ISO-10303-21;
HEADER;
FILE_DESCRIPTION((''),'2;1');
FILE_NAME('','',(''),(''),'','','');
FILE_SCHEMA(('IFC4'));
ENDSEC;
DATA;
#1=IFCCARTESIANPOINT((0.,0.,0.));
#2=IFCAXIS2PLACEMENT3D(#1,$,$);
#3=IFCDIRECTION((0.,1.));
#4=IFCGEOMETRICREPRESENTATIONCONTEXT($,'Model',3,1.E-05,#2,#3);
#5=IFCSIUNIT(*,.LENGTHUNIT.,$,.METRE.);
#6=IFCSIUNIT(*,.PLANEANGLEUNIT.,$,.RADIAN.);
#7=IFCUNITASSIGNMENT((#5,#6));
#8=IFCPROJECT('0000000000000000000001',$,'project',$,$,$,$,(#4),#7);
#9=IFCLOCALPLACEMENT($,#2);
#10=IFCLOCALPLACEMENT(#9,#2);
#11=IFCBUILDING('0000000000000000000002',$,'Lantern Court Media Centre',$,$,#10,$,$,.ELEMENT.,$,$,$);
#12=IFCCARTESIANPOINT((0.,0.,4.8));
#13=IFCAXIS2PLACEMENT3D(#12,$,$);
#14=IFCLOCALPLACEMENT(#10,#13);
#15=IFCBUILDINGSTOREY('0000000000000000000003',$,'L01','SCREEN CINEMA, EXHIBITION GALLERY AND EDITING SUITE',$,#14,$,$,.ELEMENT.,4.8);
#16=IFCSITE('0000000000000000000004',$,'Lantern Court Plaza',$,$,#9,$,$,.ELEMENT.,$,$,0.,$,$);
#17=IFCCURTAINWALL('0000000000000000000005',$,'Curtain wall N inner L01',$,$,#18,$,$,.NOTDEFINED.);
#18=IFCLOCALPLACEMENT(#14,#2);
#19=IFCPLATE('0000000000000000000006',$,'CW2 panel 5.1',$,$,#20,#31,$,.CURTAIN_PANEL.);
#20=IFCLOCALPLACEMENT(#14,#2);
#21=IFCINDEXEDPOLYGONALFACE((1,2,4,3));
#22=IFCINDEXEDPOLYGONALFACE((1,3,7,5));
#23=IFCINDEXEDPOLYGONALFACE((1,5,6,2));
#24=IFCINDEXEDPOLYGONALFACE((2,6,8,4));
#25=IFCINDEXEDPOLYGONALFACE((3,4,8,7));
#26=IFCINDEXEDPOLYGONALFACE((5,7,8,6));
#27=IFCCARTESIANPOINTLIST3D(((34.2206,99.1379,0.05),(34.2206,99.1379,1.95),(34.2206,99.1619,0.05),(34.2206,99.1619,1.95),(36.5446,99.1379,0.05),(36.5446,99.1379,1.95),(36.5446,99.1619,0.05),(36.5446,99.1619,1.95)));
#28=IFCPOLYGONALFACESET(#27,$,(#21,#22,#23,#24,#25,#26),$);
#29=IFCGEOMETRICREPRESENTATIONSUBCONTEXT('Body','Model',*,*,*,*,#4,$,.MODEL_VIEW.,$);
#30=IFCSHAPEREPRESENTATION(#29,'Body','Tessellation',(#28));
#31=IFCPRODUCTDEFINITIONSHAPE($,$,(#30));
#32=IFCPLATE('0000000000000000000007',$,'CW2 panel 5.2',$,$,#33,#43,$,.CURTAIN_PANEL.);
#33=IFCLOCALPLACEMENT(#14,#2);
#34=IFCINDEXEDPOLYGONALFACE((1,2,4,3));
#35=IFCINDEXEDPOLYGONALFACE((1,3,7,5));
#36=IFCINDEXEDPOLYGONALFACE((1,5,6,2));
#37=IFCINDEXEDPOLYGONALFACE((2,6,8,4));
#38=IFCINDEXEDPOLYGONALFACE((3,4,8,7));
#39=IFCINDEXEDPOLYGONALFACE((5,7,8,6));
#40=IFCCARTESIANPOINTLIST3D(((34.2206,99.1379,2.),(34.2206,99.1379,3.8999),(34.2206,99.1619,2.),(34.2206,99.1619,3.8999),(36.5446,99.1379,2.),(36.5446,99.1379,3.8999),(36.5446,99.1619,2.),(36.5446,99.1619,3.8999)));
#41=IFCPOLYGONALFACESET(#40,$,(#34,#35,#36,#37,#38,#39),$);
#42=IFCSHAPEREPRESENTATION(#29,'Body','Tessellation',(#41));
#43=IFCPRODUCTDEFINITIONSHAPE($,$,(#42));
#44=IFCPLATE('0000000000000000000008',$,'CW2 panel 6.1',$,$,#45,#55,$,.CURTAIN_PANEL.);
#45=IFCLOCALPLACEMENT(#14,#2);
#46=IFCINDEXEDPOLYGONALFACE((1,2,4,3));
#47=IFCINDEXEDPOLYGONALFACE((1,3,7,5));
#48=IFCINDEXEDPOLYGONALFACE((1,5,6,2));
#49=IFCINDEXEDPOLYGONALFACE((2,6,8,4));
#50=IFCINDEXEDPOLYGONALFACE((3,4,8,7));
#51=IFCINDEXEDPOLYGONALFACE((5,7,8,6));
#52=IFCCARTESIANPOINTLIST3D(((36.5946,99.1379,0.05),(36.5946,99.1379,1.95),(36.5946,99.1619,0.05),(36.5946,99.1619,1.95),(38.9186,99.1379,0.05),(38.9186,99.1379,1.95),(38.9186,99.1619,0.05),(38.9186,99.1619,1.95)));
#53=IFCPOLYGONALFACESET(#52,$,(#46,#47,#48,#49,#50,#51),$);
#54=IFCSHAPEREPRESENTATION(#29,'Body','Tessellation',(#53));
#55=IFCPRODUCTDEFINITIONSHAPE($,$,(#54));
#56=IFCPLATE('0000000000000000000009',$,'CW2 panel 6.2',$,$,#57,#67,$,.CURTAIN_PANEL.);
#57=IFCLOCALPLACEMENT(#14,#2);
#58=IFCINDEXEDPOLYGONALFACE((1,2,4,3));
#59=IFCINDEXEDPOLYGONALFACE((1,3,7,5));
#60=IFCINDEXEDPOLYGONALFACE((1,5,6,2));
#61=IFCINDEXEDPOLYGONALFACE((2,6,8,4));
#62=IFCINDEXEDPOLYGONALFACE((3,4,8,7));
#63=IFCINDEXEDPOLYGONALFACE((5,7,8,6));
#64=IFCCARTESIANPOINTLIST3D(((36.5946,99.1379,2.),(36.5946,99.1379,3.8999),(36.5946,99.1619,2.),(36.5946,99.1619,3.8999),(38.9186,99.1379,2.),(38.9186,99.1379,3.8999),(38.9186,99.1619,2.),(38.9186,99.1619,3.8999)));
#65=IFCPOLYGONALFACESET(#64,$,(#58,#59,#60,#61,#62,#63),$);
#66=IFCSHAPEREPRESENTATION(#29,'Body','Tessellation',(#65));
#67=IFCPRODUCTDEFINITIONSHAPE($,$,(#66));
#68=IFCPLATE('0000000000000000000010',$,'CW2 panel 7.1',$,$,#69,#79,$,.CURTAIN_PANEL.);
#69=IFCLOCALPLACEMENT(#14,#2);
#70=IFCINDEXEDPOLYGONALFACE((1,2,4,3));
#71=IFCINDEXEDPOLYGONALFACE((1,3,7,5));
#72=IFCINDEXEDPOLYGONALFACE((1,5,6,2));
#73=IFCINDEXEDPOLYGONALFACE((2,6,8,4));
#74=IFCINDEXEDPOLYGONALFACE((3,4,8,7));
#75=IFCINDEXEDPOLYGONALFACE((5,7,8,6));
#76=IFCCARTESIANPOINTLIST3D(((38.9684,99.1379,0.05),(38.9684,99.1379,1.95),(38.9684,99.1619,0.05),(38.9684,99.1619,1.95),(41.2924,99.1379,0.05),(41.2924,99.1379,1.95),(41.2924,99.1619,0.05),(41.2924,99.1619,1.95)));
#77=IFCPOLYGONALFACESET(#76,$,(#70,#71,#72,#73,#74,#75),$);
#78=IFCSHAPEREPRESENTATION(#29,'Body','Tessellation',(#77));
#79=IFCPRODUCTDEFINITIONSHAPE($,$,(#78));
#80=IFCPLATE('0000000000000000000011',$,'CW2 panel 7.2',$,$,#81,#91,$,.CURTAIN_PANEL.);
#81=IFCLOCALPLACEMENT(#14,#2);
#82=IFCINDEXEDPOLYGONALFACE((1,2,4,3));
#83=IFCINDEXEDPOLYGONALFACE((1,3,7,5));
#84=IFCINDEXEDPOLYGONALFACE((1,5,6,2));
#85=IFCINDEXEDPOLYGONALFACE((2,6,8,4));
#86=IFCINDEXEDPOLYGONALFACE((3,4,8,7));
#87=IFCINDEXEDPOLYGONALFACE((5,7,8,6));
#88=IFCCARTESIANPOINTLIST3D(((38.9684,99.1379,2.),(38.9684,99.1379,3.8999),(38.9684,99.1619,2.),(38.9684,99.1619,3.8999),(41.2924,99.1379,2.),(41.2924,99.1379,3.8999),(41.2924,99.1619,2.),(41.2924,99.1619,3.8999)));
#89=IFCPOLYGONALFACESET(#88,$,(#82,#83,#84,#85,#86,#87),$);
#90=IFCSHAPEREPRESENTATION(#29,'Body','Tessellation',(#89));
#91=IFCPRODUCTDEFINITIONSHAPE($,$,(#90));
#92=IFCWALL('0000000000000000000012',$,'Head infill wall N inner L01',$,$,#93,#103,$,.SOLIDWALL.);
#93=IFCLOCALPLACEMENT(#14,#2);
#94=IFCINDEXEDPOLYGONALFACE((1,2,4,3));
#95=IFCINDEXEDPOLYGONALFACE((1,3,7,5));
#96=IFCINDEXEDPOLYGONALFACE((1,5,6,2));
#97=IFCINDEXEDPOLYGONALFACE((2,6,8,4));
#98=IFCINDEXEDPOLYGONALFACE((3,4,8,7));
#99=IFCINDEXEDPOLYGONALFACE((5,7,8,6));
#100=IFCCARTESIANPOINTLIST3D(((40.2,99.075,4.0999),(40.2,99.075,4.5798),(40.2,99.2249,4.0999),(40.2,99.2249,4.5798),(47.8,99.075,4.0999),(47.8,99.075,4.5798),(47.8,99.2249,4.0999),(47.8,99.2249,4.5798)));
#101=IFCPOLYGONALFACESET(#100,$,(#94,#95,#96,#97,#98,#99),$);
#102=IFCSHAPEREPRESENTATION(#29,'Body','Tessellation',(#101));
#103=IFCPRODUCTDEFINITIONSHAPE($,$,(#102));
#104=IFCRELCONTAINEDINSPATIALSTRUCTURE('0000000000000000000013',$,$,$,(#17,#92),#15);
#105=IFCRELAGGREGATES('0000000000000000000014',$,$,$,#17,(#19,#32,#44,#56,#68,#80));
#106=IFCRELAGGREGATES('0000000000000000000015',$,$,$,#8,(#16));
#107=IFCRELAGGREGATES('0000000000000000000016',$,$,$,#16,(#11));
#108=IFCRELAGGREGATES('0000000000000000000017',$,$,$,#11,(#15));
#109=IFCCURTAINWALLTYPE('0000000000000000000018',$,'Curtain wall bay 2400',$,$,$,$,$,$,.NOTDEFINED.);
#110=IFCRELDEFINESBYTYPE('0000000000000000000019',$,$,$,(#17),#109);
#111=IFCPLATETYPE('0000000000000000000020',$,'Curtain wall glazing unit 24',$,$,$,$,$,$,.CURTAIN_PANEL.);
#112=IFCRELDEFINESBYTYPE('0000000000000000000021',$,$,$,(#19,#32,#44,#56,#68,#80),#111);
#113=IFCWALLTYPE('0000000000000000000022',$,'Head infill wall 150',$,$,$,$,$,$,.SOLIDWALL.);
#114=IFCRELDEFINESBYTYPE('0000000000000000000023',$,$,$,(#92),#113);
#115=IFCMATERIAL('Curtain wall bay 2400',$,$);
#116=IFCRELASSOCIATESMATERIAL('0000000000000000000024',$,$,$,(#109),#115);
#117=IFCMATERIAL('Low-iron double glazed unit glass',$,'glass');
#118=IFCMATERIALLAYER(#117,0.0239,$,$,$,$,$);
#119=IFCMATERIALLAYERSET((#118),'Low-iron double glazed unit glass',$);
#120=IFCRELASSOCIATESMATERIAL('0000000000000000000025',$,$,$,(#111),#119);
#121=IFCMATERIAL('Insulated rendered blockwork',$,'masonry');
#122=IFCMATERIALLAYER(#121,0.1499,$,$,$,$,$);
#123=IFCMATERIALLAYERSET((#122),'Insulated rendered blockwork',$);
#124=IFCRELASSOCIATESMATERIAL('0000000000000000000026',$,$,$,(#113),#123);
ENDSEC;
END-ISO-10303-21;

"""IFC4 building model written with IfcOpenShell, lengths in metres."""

from ifc_helpers import new_model, si_unit, direction, frame, frame_2d, origin, origin_2d, place, context, subcontext, project, spatial, rectangle, extrude, material, layer, layer_set, type_object, element, aggregate, save


model = new_model("IFC4")

# Units and contexts
model_context = context("Model", 3, precision=1e-05, world=origin(), true_north=direction((0.0, 1.0)))
body_context = subcontext(model_context, "Body", "Model", "MODEL_VIEW")
ifc_project = project(units=[si_unit("LENGTHUNIT", "METRE"), si_unit("PLANEANGLEUNIT", "RADIAN")], contexts=[model_context])

# Site, building, storey
site_placement = place(None, origin())
site = spatial("IfcSite", under=ifc_project, at=site_placement, Name="Lantern Court Plaza", CompositionType="ELEMENT", RefElevation=0.0)
building_placement = place(site_placement, origin())
building = spatial("IfcBuilding", under=site, at=building_placement, Name="Lantern Court Media Centre", CompositionType="ELEMENT")
storey_placement = place(building_placement, frame((0.0, 0.0, 4.8)))
storey = spatial("IfcBuildingStorey", under=building, at=storey_placement, Name="L01", Description="SCREEN CINEMA, EXHIBITION GALLERY AND EDITING SUITE", CompositionType="ELEMENT", Elevation=4.8)

# Curtain wall
ifc_material_1 = material(Name="Curtain wall bay 2400")
curtain_wall_type = type_object("IfcCurtainWallType", Name="Curtain wall bay 2400", PredefinedType="NOTDEFINED", material=ifc_material_1)
curtain_wall_placement = place(storey_placement, origin())
curtain_wall = element("IfcCurtainWall", 1, at=curtain_wall_placement, inside=storey, type_object=curtain_wall_type, Name="Curtain wall N inner L01", PredefinedType="NOTDEFINED")

# Plates
ifc_material_2 = material(Name="Low-iron double glazed unit glass", Category="glass")
ifc_layer_1 = layer(ifc_material_2, 0.0239)
ifc_layer_set_1 = layer_set([ifc_layer_1], Name="Low-iron double glazed unit glass")
plate_type = type_object("IfcPlateType", Name="Curtain wall glazing unit 24", PredefinedType="CURTAIN_PANEL", material=ifc_layer_set_1)
plate_1_placement = place(storey_placement, frame((35.3826, 99.1499, 0.05), z_axis=(0.0, 0.0, 1.0), x_axis=(1.0, 0.0, 0.0)))
plate_1 = element("IfcPlate", 2, at=plate_1_placement, type_object=plate_type, Name="CW2 panel 5.1", PredefinedType="CURTAIN_PANEL", context=body_context, shape_type="SweptSolid", body=[
    extrude(rectangle(XDim=2.324, YDim=0.0239, at=origin_2d()), origin(), (0.0, 0.0, 1.0), 1.8999),
])
plate_2_placement = place(storey_placement, frame((35.3826, 99.1499, 2.0), z_axis=(0.0, 0.0, 1.0), x_axis=(1.0, 0.0, 0.0)))
plate_2 = element("IfcPlate", 3, at=plate_2_placement, type_object=plate_type, Name="CW2 panel 5.2", PredefinedType="CURTAIN_PANEL", context=body_context, shape_type="SweptSolid", body=[
    extrude(rectangle(XDim=2.324, YDim=0.0239, at=origin_2d()), origin(), (0.0, 0.0, 1.0), 1.8999),
])
plate_3_placement = place(storey_placement, frame((37.7566, 99.1499, 0.05), z_axis=(0.0, 0.0, 1.0), x_axis=(1.0, 0.0, 0.0)))
plate_3 = element("IfcPlate", 4, at=plate_3_placement, type_object=plate_type, Name="CW2 panel 6.1", PredefinedType="CURTAIN_PANEL", context=body_context, shape_type="SweptSolid", body=[
    extrude(rectangle(XDim=2.324, YDim=0.0239, at=origin_2d()), origin(), (0.0, 0.0, 1.0), 1.8999),
])
plate_4_placement = place(storey_placement, frame((37.7566, 99.1499, 2.0), z_axis=(0.0, 0.0, 1.0), x_axis=(1.0, 0.0, 0.0)))
plate_4 = element("IfcPlate", 5, at=plate_4_placement, type_object=plate_type, Name="CW2 panel 6.2", PredefinedType="CURTAIN_PANEL", context=body_context, shape_type="SweptSolid", body=[
    extrude(rectangle(XDim=2.324, YDim=0.0239, at=origin_2d()), origin(), (0.0, 0.0, 1.0), 1.8999),
])
plate_5_placement = place(storey_placement, frame((40.1304, 99.1499, 0.05), z_axis=(0.0, 0.0, 1.0), x_axis=(1.0, 0.0, 0.0)))
plate_5 = element("IfcPlate", 6, at=plate_5_placement, type_object=plate_type, Name="CW2 panel 7.1", PredefinedType="CURTAIN_PANEL", context=body_context, shape_type="SweptSolid", body=[
    extrude(rectangle(XDim=2.324, YDim=0.0239, at=origin_2d()), origin(), (0.0, 0.0, 1.0), 1.8999),
])
plate_6_placement = place(storey_placement, frame((40.1304, 99.1499, 2.0), z_axis=(0.0, 0.0, 1.0), x_axis=(1.0, 0.0, 0.0)))
plate_6 = element("IfcPlate", 7, at=plate_6_placement, type_object=plate_type, Name="CW2 panel 7.2", PredefinedType="CURTAIN_PANEL", context=body_context, shape_type="SweptSolid", body=[
    extrude(rectangle(XDim=2.324, YDim=0.0239, at=origin_2d()), origin(), (0.0, 0.0, 1.0), 1.8999),
])
aggregate(curtain_wall, [plate_1, plate_2, plate_3, plate_4, plate_5, plate_6])

# Wall
ifc_material_3 = material(Name="Insulated rendered blockwork", Category="masonry")
ifc_layer_2 = layer(ifc_material_3, 0.1499)
ifc_layer_set_2 = layer_set([ifc_layer_2], Name="Insulated rendered blockwork")
wall_type = type_object("IfcWallType", Name="Head infill wall 150", PredefinedType="SOLIDWALL", material=ifc_layer_set_2)
wall_placement = place(storey_placement, frame((40.2, 99.1499, 4.0999), z_axis=(0.0, 0.0, 1.0), x_axis=(1.0, 0.0, 0.0)))
element("IfcWall", 8, at=wall_placement, inside=storey, type_object=wall_type, Name="Head infill wall N inner L01", PredefinedType="SOLIDWALL", context=body_context, shape_type="SweptSolid", body=[
    extrude(rectangle(XDim=7.6001, YDim=0.1499, at=frame_2d((3.8, 0.0))), origin(), (0.0, 0.0, 1.0), 0.48),
])

save(model, "model.ifc")
